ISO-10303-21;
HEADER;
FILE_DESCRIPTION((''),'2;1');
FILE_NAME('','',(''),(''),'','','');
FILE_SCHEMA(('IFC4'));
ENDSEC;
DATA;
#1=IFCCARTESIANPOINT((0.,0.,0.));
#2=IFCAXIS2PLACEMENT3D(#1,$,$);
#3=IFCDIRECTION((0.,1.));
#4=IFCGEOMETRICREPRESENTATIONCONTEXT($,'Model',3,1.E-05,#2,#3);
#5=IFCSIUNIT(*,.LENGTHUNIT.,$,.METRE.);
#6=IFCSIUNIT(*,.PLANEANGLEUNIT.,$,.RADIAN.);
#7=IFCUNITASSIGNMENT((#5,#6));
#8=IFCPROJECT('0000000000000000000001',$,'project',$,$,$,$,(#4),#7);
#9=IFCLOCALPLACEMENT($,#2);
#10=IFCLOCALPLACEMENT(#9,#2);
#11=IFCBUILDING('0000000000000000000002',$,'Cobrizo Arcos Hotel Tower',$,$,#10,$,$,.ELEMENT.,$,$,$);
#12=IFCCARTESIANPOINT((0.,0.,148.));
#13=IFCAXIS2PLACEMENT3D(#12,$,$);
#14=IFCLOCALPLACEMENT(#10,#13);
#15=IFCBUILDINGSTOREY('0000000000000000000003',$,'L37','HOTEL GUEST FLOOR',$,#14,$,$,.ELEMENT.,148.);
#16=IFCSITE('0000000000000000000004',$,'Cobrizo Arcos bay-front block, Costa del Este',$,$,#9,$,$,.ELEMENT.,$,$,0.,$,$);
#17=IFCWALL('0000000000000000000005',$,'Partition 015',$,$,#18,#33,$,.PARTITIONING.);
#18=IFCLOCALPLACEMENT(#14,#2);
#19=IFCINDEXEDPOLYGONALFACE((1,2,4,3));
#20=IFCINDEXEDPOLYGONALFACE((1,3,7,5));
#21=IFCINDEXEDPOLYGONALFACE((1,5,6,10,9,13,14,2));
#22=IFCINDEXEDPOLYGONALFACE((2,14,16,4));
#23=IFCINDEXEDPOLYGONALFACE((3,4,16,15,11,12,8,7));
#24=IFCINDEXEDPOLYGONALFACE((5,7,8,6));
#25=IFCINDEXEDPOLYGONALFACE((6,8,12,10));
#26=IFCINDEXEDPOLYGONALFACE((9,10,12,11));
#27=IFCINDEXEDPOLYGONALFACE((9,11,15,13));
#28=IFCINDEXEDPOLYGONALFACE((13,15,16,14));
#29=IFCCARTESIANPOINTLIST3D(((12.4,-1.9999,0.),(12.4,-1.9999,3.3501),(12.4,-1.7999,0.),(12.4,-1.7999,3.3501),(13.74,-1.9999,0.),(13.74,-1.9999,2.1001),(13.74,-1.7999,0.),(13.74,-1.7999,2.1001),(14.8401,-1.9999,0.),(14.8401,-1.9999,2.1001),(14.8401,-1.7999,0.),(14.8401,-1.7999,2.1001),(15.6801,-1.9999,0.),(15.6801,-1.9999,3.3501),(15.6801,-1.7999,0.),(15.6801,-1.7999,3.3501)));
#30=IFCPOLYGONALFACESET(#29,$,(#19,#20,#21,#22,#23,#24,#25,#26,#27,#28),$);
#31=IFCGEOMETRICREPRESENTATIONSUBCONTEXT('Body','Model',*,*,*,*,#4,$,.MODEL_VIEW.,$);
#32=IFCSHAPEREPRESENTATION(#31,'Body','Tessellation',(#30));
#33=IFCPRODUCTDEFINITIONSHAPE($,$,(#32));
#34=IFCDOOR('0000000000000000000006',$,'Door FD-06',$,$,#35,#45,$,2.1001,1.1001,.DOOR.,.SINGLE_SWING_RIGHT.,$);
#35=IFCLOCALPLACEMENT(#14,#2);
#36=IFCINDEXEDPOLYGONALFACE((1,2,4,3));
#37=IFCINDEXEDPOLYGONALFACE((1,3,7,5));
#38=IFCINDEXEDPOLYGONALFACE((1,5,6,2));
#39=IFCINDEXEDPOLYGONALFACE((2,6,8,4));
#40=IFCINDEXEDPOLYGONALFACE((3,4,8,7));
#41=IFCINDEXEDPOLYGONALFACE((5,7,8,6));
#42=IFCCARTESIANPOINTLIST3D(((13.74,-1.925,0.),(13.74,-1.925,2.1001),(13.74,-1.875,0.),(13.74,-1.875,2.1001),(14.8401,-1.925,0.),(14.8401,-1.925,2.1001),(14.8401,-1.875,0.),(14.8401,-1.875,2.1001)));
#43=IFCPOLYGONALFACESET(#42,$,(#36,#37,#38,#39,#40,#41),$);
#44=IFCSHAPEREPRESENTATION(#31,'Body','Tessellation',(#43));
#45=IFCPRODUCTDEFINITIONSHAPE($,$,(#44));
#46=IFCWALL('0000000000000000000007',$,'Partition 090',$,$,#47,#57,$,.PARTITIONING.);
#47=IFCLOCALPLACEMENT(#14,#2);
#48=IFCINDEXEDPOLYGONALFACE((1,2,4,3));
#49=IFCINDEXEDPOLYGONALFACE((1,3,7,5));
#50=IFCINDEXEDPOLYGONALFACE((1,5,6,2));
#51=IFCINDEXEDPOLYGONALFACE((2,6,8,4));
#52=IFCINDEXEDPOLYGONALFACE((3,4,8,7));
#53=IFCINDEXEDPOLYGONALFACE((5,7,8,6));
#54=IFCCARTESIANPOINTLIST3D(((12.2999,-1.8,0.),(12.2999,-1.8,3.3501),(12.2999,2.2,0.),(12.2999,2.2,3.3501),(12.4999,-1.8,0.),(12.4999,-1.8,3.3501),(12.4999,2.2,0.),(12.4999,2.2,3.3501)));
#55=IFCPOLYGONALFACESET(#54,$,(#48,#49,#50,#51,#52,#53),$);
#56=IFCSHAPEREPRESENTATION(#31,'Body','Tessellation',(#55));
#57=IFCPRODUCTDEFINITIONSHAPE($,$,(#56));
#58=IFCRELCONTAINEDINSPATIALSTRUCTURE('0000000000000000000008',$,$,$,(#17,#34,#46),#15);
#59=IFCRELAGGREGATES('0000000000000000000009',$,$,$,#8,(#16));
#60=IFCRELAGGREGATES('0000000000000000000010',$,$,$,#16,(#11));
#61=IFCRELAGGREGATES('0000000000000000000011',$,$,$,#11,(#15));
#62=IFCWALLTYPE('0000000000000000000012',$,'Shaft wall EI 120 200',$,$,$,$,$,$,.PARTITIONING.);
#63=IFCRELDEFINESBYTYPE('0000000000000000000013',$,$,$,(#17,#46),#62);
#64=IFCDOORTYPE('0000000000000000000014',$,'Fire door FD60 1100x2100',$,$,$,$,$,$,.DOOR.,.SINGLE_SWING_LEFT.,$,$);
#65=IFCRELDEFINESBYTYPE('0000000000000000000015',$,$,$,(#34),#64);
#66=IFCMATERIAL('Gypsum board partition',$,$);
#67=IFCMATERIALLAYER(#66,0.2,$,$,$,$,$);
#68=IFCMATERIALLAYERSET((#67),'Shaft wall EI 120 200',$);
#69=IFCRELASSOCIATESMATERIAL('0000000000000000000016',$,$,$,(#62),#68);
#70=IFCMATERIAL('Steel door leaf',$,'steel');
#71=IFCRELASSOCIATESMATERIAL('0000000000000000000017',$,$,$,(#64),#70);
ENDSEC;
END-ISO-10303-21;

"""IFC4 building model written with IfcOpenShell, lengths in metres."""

from ifc_helpers import new_model, si_unit, direction, frame, frame_2d, origin, place, context, subcontext, project, spatial, rectangle, extrude, material, layer, layer_set, type_object, element, fill, save


model = new_model("IFC4")

# Units and contexts
model_context = context("Model", 3, precision=1e-05, world=origin(), true_north=direction((0.0, 1.0)))
body_context = subcontext(model_context, "Body", "Model", "MODEL_VIEW")
ifc_project = project(units=[si_unit("LENGTHUNIT", "METRE"), si_unit("PLANEANGLEUNIT", "RADIAN")], contexts=[model_context])

# Site, building, storey
site_placement = place(None, origin())
site = spatial("IfcSite", under=ifc_project, at=site_placement, Name="Cobrizo Arcos bay-front block, Costa del Este", CompositionType="ELEMENT", RefElevation=0.0)
building_placement = place(site_placement, origin())
building = spatial("IfcBuilding", under=site, at=building_placement, Name="Cobrizo Arcos Hotel Tower", CompositionType="ELEMENT")
storey_placement = place(building_placement, frame((0.0, 0.0, 148.0)))
storey = spatial("IfcBuildingStorey", under=building, at=storey_placement, Name="L37", Description="HOTEL GUEST FLOOR", CompositionType="ELEMENT", Elevation=148.0)

# Shared definitions
ifc_material_1 = material(Name="Gypsum board partition")

# Wall, opening, door
ifc_layer_1 = layer(ifc_material_1, 0.2)
ifc_layer_set_1 = layer_set([ifc_layer_1], Name="Shaft wall EI 120 200")
wall_type_1 = type_object("IfcWallType", Name="Shaft wall EI 120 200", PredefinedType="PARTITIONING", material=ifc_layer_set_1)
wall_1_placement = place(storey_placement, frame((12.3999, -1.8999, 0.0), z_axis=(0.0, 0.0, 1.0), x_axis=(1.0, 0.0, 0.0)))
wall_1 = element("IfcWall", 1, at=wall_1_placement, inside=storey, type_object=wall_type_1, Name="Partition 015", PredefinedType="PARTITIONING", context=body_context, shape_type="SweptSolid", body=[
    extrude(rectangle(XDim=3.28, YDim=0.2, at=frame_2d((1.6401, 0.0))), origin(), (0.0, 0.0, 1.0), 3.3501),
])
opening_1_placement = place(wall_1_placement, frame((1.3401, 0.0, 0.0)))
opening_1 = element("IfcOpeningElement", 2, at=opening_1_placement, cuts=wall_1, PredefinedType="OPENING", context=body_context, shape_type="SweptSolid", body=[
    extrude(rectangle(XDim=1.1001, YDim=2.1001, at=frame_2d((0.55, 1.05))), frame((0.0, 0.1121, 0.0), z_axis=(0.0, -1.0, 0.0), x_axis=(1.0, 0.0, 0.0)), (0.0, 0.0, 1.0), 0.2239),
])
ifc_material_2 = material(Name="Steel door leaf", Category="steel")
door_type_1 = type_object("IfcDoorType", Name="Fire door FD60 1100x2100", OperationType="SINGLE_SWING_LEFT", PredefinedType="DOOR", material=ifc_material_2)
door_1_placement = place(opening_1_placement, origin())
door_1 = element("IfcDoor", 3, at=door_1_placement, inside=storey, type_object=door_type_1, Name="Door FD-06", OperationType="SINGLE_SWING_RIGHT", OverallHeight=2.1001, OverallWidth=1.1001, PredefinedType="DOOR", context=body_context, shape_type="SweptSolid", body=[
    extrude(rectangle(XDim=1.1001, YDim=2.1001, at=frame_2d((0.55, 1.05))), frame((0.0, 0.0249, 0.0), z_axis=(0.0, -1.0, 0.0), x_axis=(1.0, 0.0, 0.0)), (0.0, 0.0, 1.0), 0.05),
])
fill(opening_1, door_1)

# Wall
wall_2_placement = place(storey_placement, frame((12.3999, -1.8, 0.0), z_axis=(0.0, 0.0, 1.0), x_axis=(0.0, 1.0, 0.0)))
element("IfcWall", 4, at=wall_2_placement, inside=storey, type_object=wall_type_1, Name="Partition 090", PredefinedType="PARTITIONING", context=body_context, shape_type="SweptSolid", body=[
    extrude(rectangle(XDim=4.0, YDim=0.2, at=frame_2d((2.0, 0.0))), origin(), (0.0, 0.0, 1.0), 3.3501),
])

save(model, "model.ifc")
